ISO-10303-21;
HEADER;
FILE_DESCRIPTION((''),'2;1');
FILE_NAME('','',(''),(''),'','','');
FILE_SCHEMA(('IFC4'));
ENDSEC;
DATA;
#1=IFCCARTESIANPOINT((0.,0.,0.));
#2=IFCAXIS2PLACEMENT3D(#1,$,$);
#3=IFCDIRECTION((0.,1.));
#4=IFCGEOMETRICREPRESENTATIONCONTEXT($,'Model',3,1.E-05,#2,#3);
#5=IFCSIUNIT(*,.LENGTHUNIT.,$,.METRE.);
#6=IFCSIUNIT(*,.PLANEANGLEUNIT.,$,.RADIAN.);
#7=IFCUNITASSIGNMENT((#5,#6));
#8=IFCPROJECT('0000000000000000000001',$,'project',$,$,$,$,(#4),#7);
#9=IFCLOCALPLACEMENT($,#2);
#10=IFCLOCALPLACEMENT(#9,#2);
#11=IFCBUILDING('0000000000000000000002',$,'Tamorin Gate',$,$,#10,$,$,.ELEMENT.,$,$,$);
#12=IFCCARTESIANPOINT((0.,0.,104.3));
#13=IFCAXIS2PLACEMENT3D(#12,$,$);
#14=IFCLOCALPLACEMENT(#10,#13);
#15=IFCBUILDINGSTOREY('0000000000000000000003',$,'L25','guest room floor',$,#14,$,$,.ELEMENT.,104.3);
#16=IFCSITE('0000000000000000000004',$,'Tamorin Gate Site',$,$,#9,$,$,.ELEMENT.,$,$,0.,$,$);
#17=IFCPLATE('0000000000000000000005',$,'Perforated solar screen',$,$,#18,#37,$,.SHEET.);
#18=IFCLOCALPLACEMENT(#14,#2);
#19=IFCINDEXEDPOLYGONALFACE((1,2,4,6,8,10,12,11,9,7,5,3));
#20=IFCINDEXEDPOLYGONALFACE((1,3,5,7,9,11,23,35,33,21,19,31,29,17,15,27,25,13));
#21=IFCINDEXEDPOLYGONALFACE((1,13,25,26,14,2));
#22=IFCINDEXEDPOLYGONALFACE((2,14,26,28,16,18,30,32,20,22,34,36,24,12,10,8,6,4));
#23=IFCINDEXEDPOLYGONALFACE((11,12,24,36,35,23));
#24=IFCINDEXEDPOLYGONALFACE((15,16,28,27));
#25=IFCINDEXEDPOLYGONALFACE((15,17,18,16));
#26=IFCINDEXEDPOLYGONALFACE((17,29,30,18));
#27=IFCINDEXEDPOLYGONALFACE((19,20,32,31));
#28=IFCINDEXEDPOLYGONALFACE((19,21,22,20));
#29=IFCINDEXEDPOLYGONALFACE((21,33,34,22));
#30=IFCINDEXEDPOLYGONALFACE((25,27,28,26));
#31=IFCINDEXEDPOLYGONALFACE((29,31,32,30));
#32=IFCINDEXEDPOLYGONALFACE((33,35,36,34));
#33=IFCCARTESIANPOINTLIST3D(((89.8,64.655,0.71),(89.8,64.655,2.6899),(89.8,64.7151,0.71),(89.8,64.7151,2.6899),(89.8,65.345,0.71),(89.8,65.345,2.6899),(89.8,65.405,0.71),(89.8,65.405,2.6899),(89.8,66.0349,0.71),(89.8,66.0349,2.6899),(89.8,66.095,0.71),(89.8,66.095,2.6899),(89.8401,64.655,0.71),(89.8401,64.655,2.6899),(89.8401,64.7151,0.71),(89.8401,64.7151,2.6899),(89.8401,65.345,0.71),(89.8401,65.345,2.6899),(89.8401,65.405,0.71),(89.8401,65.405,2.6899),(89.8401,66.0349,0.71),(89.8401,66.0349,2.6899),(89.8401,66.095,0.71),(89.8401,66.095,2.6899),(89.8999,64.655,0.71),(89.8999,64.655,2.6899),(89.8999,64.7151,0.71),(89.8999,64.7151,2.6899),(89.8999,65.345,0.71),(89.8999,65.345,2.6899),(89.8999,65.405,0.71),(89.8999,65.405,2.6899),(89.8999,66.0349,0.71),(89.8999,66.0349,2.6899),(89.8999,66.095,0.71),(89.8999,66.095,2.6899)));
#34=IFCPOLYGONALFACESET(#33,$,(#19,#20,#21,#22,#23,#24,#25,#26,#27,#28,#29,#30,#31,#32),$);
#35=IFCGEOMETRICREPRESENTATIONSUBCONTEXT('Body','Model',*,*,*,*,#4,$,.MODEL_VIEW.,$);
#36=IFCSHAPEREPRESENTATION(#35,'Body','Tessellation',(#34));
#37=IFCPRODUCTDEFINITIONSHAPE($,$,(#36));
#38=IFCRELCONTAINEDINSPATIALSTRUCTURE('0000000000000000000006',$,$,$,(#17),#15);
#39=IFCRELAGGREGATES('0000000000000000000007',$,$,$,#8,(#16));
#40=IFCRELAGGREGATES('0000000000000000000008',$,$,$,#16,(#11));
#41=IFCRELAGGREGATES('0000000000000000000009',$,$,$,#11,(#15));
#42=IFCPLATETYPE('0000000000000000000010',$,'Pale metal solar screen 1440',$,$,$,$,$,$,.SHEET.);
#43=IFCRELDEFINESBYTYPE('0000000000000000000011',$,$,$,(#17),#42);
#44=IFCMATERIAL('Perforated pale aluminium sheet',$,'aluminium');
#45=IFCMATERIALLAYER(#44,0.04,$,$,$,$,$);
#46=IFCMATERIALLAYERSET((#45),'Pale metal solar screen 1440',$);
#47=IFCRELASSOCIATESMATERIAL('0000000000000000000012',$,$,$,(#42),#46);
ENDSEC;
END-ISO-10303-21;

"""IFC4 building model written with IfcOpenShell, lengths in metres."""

from ifc_helpers import new_model, si_unit, direction, frame, origin, place, context, subcontext, project, spatial, polyline, outline, extrude, material, layer, layer_set, type_object, element, save


model = new_model("IFC4")

# Units and contexts
model_context = context("Model", 3, precision=1e-05, world=origin(), true_north=direction((0.0, 1.0)))
body_context = subcontext(model_context, "Body", "Model", "MODEL_VIEW")
ifc_project = project(units=[si_unit("LENGTHUNIT", "METRE"), si_unit("PLANEANGLEUNIT", "RADIAN")], contexts=[model_context])

# Site, building, storey
site_placement = place(None, origin())
site = spatial("IfcSite", under=ifc_project, at=site_placement, Name="Tamorin Gate Site", CompositionType="ELEMENT", RefElevation=0.0)
building_placement = place(site_placement, origin())
building = spatial("IfcBuilding", under=site, at=building_placement, Name="Tamorin Gate", CompositionType="ELEMENT")
storey_placement = place(building_placement, frame((0.0, 0.0, 104.3)))
storey = spatial("IfcBuildingStorey", under=building, at=storey_placement, Name="L25", Description="guest room floor", CompositionType="ELEMENT", Elevation=104.3)

# Plate
ifc_material_1 = material(Name="Perforated pale aluminium sheet", Category="aluminium")
ifc_layer_1 = layer(ifc_material_1, 0.04)
ifc_layer_set_1 = layer_set([ifc_layer_1], Name="Pale metal solar screen 1440")
plate_type = type_object("IfcPlateType", Name="Pale metal solar screen 1440", PredefinedType="SHEET", material=ifc_layer_set_1)
plate_1_placement = place(storey_placement, frame((0.0, 0.0, 0.71)))
element("IfcPlate", 1, at=plate_1_placement, inside=storey, type_object=plate_type, Name="Perforated solar screen", PredefinedType="SHEET", context=body_context, shape_type="SweptSolid", body=[
    extrude(outline(polyline([(89.8401, 64.655), (89.8, 64.655), (89.8, 64.7151), (89.8, 65.345), (89.8, 65.405), (89.8, 66.0349), (89.8, 66.095), (89.8401, 66.095), (89.8999, 66.095), (89.8999, 66.0349), (89.8401, 66.0349), (89.8401, 65.405), (89.8999, 65.405), (89.8999, 65.345), (89.8401, 65.345), (89.8401, 64.7151), (89.8999, 64.7151), (89.8999, 64.655), (89.8401, 64.655)])), origin(), (0.0, 0.0, 1.0), 1.98),
])

save(model, "model.ifc")
